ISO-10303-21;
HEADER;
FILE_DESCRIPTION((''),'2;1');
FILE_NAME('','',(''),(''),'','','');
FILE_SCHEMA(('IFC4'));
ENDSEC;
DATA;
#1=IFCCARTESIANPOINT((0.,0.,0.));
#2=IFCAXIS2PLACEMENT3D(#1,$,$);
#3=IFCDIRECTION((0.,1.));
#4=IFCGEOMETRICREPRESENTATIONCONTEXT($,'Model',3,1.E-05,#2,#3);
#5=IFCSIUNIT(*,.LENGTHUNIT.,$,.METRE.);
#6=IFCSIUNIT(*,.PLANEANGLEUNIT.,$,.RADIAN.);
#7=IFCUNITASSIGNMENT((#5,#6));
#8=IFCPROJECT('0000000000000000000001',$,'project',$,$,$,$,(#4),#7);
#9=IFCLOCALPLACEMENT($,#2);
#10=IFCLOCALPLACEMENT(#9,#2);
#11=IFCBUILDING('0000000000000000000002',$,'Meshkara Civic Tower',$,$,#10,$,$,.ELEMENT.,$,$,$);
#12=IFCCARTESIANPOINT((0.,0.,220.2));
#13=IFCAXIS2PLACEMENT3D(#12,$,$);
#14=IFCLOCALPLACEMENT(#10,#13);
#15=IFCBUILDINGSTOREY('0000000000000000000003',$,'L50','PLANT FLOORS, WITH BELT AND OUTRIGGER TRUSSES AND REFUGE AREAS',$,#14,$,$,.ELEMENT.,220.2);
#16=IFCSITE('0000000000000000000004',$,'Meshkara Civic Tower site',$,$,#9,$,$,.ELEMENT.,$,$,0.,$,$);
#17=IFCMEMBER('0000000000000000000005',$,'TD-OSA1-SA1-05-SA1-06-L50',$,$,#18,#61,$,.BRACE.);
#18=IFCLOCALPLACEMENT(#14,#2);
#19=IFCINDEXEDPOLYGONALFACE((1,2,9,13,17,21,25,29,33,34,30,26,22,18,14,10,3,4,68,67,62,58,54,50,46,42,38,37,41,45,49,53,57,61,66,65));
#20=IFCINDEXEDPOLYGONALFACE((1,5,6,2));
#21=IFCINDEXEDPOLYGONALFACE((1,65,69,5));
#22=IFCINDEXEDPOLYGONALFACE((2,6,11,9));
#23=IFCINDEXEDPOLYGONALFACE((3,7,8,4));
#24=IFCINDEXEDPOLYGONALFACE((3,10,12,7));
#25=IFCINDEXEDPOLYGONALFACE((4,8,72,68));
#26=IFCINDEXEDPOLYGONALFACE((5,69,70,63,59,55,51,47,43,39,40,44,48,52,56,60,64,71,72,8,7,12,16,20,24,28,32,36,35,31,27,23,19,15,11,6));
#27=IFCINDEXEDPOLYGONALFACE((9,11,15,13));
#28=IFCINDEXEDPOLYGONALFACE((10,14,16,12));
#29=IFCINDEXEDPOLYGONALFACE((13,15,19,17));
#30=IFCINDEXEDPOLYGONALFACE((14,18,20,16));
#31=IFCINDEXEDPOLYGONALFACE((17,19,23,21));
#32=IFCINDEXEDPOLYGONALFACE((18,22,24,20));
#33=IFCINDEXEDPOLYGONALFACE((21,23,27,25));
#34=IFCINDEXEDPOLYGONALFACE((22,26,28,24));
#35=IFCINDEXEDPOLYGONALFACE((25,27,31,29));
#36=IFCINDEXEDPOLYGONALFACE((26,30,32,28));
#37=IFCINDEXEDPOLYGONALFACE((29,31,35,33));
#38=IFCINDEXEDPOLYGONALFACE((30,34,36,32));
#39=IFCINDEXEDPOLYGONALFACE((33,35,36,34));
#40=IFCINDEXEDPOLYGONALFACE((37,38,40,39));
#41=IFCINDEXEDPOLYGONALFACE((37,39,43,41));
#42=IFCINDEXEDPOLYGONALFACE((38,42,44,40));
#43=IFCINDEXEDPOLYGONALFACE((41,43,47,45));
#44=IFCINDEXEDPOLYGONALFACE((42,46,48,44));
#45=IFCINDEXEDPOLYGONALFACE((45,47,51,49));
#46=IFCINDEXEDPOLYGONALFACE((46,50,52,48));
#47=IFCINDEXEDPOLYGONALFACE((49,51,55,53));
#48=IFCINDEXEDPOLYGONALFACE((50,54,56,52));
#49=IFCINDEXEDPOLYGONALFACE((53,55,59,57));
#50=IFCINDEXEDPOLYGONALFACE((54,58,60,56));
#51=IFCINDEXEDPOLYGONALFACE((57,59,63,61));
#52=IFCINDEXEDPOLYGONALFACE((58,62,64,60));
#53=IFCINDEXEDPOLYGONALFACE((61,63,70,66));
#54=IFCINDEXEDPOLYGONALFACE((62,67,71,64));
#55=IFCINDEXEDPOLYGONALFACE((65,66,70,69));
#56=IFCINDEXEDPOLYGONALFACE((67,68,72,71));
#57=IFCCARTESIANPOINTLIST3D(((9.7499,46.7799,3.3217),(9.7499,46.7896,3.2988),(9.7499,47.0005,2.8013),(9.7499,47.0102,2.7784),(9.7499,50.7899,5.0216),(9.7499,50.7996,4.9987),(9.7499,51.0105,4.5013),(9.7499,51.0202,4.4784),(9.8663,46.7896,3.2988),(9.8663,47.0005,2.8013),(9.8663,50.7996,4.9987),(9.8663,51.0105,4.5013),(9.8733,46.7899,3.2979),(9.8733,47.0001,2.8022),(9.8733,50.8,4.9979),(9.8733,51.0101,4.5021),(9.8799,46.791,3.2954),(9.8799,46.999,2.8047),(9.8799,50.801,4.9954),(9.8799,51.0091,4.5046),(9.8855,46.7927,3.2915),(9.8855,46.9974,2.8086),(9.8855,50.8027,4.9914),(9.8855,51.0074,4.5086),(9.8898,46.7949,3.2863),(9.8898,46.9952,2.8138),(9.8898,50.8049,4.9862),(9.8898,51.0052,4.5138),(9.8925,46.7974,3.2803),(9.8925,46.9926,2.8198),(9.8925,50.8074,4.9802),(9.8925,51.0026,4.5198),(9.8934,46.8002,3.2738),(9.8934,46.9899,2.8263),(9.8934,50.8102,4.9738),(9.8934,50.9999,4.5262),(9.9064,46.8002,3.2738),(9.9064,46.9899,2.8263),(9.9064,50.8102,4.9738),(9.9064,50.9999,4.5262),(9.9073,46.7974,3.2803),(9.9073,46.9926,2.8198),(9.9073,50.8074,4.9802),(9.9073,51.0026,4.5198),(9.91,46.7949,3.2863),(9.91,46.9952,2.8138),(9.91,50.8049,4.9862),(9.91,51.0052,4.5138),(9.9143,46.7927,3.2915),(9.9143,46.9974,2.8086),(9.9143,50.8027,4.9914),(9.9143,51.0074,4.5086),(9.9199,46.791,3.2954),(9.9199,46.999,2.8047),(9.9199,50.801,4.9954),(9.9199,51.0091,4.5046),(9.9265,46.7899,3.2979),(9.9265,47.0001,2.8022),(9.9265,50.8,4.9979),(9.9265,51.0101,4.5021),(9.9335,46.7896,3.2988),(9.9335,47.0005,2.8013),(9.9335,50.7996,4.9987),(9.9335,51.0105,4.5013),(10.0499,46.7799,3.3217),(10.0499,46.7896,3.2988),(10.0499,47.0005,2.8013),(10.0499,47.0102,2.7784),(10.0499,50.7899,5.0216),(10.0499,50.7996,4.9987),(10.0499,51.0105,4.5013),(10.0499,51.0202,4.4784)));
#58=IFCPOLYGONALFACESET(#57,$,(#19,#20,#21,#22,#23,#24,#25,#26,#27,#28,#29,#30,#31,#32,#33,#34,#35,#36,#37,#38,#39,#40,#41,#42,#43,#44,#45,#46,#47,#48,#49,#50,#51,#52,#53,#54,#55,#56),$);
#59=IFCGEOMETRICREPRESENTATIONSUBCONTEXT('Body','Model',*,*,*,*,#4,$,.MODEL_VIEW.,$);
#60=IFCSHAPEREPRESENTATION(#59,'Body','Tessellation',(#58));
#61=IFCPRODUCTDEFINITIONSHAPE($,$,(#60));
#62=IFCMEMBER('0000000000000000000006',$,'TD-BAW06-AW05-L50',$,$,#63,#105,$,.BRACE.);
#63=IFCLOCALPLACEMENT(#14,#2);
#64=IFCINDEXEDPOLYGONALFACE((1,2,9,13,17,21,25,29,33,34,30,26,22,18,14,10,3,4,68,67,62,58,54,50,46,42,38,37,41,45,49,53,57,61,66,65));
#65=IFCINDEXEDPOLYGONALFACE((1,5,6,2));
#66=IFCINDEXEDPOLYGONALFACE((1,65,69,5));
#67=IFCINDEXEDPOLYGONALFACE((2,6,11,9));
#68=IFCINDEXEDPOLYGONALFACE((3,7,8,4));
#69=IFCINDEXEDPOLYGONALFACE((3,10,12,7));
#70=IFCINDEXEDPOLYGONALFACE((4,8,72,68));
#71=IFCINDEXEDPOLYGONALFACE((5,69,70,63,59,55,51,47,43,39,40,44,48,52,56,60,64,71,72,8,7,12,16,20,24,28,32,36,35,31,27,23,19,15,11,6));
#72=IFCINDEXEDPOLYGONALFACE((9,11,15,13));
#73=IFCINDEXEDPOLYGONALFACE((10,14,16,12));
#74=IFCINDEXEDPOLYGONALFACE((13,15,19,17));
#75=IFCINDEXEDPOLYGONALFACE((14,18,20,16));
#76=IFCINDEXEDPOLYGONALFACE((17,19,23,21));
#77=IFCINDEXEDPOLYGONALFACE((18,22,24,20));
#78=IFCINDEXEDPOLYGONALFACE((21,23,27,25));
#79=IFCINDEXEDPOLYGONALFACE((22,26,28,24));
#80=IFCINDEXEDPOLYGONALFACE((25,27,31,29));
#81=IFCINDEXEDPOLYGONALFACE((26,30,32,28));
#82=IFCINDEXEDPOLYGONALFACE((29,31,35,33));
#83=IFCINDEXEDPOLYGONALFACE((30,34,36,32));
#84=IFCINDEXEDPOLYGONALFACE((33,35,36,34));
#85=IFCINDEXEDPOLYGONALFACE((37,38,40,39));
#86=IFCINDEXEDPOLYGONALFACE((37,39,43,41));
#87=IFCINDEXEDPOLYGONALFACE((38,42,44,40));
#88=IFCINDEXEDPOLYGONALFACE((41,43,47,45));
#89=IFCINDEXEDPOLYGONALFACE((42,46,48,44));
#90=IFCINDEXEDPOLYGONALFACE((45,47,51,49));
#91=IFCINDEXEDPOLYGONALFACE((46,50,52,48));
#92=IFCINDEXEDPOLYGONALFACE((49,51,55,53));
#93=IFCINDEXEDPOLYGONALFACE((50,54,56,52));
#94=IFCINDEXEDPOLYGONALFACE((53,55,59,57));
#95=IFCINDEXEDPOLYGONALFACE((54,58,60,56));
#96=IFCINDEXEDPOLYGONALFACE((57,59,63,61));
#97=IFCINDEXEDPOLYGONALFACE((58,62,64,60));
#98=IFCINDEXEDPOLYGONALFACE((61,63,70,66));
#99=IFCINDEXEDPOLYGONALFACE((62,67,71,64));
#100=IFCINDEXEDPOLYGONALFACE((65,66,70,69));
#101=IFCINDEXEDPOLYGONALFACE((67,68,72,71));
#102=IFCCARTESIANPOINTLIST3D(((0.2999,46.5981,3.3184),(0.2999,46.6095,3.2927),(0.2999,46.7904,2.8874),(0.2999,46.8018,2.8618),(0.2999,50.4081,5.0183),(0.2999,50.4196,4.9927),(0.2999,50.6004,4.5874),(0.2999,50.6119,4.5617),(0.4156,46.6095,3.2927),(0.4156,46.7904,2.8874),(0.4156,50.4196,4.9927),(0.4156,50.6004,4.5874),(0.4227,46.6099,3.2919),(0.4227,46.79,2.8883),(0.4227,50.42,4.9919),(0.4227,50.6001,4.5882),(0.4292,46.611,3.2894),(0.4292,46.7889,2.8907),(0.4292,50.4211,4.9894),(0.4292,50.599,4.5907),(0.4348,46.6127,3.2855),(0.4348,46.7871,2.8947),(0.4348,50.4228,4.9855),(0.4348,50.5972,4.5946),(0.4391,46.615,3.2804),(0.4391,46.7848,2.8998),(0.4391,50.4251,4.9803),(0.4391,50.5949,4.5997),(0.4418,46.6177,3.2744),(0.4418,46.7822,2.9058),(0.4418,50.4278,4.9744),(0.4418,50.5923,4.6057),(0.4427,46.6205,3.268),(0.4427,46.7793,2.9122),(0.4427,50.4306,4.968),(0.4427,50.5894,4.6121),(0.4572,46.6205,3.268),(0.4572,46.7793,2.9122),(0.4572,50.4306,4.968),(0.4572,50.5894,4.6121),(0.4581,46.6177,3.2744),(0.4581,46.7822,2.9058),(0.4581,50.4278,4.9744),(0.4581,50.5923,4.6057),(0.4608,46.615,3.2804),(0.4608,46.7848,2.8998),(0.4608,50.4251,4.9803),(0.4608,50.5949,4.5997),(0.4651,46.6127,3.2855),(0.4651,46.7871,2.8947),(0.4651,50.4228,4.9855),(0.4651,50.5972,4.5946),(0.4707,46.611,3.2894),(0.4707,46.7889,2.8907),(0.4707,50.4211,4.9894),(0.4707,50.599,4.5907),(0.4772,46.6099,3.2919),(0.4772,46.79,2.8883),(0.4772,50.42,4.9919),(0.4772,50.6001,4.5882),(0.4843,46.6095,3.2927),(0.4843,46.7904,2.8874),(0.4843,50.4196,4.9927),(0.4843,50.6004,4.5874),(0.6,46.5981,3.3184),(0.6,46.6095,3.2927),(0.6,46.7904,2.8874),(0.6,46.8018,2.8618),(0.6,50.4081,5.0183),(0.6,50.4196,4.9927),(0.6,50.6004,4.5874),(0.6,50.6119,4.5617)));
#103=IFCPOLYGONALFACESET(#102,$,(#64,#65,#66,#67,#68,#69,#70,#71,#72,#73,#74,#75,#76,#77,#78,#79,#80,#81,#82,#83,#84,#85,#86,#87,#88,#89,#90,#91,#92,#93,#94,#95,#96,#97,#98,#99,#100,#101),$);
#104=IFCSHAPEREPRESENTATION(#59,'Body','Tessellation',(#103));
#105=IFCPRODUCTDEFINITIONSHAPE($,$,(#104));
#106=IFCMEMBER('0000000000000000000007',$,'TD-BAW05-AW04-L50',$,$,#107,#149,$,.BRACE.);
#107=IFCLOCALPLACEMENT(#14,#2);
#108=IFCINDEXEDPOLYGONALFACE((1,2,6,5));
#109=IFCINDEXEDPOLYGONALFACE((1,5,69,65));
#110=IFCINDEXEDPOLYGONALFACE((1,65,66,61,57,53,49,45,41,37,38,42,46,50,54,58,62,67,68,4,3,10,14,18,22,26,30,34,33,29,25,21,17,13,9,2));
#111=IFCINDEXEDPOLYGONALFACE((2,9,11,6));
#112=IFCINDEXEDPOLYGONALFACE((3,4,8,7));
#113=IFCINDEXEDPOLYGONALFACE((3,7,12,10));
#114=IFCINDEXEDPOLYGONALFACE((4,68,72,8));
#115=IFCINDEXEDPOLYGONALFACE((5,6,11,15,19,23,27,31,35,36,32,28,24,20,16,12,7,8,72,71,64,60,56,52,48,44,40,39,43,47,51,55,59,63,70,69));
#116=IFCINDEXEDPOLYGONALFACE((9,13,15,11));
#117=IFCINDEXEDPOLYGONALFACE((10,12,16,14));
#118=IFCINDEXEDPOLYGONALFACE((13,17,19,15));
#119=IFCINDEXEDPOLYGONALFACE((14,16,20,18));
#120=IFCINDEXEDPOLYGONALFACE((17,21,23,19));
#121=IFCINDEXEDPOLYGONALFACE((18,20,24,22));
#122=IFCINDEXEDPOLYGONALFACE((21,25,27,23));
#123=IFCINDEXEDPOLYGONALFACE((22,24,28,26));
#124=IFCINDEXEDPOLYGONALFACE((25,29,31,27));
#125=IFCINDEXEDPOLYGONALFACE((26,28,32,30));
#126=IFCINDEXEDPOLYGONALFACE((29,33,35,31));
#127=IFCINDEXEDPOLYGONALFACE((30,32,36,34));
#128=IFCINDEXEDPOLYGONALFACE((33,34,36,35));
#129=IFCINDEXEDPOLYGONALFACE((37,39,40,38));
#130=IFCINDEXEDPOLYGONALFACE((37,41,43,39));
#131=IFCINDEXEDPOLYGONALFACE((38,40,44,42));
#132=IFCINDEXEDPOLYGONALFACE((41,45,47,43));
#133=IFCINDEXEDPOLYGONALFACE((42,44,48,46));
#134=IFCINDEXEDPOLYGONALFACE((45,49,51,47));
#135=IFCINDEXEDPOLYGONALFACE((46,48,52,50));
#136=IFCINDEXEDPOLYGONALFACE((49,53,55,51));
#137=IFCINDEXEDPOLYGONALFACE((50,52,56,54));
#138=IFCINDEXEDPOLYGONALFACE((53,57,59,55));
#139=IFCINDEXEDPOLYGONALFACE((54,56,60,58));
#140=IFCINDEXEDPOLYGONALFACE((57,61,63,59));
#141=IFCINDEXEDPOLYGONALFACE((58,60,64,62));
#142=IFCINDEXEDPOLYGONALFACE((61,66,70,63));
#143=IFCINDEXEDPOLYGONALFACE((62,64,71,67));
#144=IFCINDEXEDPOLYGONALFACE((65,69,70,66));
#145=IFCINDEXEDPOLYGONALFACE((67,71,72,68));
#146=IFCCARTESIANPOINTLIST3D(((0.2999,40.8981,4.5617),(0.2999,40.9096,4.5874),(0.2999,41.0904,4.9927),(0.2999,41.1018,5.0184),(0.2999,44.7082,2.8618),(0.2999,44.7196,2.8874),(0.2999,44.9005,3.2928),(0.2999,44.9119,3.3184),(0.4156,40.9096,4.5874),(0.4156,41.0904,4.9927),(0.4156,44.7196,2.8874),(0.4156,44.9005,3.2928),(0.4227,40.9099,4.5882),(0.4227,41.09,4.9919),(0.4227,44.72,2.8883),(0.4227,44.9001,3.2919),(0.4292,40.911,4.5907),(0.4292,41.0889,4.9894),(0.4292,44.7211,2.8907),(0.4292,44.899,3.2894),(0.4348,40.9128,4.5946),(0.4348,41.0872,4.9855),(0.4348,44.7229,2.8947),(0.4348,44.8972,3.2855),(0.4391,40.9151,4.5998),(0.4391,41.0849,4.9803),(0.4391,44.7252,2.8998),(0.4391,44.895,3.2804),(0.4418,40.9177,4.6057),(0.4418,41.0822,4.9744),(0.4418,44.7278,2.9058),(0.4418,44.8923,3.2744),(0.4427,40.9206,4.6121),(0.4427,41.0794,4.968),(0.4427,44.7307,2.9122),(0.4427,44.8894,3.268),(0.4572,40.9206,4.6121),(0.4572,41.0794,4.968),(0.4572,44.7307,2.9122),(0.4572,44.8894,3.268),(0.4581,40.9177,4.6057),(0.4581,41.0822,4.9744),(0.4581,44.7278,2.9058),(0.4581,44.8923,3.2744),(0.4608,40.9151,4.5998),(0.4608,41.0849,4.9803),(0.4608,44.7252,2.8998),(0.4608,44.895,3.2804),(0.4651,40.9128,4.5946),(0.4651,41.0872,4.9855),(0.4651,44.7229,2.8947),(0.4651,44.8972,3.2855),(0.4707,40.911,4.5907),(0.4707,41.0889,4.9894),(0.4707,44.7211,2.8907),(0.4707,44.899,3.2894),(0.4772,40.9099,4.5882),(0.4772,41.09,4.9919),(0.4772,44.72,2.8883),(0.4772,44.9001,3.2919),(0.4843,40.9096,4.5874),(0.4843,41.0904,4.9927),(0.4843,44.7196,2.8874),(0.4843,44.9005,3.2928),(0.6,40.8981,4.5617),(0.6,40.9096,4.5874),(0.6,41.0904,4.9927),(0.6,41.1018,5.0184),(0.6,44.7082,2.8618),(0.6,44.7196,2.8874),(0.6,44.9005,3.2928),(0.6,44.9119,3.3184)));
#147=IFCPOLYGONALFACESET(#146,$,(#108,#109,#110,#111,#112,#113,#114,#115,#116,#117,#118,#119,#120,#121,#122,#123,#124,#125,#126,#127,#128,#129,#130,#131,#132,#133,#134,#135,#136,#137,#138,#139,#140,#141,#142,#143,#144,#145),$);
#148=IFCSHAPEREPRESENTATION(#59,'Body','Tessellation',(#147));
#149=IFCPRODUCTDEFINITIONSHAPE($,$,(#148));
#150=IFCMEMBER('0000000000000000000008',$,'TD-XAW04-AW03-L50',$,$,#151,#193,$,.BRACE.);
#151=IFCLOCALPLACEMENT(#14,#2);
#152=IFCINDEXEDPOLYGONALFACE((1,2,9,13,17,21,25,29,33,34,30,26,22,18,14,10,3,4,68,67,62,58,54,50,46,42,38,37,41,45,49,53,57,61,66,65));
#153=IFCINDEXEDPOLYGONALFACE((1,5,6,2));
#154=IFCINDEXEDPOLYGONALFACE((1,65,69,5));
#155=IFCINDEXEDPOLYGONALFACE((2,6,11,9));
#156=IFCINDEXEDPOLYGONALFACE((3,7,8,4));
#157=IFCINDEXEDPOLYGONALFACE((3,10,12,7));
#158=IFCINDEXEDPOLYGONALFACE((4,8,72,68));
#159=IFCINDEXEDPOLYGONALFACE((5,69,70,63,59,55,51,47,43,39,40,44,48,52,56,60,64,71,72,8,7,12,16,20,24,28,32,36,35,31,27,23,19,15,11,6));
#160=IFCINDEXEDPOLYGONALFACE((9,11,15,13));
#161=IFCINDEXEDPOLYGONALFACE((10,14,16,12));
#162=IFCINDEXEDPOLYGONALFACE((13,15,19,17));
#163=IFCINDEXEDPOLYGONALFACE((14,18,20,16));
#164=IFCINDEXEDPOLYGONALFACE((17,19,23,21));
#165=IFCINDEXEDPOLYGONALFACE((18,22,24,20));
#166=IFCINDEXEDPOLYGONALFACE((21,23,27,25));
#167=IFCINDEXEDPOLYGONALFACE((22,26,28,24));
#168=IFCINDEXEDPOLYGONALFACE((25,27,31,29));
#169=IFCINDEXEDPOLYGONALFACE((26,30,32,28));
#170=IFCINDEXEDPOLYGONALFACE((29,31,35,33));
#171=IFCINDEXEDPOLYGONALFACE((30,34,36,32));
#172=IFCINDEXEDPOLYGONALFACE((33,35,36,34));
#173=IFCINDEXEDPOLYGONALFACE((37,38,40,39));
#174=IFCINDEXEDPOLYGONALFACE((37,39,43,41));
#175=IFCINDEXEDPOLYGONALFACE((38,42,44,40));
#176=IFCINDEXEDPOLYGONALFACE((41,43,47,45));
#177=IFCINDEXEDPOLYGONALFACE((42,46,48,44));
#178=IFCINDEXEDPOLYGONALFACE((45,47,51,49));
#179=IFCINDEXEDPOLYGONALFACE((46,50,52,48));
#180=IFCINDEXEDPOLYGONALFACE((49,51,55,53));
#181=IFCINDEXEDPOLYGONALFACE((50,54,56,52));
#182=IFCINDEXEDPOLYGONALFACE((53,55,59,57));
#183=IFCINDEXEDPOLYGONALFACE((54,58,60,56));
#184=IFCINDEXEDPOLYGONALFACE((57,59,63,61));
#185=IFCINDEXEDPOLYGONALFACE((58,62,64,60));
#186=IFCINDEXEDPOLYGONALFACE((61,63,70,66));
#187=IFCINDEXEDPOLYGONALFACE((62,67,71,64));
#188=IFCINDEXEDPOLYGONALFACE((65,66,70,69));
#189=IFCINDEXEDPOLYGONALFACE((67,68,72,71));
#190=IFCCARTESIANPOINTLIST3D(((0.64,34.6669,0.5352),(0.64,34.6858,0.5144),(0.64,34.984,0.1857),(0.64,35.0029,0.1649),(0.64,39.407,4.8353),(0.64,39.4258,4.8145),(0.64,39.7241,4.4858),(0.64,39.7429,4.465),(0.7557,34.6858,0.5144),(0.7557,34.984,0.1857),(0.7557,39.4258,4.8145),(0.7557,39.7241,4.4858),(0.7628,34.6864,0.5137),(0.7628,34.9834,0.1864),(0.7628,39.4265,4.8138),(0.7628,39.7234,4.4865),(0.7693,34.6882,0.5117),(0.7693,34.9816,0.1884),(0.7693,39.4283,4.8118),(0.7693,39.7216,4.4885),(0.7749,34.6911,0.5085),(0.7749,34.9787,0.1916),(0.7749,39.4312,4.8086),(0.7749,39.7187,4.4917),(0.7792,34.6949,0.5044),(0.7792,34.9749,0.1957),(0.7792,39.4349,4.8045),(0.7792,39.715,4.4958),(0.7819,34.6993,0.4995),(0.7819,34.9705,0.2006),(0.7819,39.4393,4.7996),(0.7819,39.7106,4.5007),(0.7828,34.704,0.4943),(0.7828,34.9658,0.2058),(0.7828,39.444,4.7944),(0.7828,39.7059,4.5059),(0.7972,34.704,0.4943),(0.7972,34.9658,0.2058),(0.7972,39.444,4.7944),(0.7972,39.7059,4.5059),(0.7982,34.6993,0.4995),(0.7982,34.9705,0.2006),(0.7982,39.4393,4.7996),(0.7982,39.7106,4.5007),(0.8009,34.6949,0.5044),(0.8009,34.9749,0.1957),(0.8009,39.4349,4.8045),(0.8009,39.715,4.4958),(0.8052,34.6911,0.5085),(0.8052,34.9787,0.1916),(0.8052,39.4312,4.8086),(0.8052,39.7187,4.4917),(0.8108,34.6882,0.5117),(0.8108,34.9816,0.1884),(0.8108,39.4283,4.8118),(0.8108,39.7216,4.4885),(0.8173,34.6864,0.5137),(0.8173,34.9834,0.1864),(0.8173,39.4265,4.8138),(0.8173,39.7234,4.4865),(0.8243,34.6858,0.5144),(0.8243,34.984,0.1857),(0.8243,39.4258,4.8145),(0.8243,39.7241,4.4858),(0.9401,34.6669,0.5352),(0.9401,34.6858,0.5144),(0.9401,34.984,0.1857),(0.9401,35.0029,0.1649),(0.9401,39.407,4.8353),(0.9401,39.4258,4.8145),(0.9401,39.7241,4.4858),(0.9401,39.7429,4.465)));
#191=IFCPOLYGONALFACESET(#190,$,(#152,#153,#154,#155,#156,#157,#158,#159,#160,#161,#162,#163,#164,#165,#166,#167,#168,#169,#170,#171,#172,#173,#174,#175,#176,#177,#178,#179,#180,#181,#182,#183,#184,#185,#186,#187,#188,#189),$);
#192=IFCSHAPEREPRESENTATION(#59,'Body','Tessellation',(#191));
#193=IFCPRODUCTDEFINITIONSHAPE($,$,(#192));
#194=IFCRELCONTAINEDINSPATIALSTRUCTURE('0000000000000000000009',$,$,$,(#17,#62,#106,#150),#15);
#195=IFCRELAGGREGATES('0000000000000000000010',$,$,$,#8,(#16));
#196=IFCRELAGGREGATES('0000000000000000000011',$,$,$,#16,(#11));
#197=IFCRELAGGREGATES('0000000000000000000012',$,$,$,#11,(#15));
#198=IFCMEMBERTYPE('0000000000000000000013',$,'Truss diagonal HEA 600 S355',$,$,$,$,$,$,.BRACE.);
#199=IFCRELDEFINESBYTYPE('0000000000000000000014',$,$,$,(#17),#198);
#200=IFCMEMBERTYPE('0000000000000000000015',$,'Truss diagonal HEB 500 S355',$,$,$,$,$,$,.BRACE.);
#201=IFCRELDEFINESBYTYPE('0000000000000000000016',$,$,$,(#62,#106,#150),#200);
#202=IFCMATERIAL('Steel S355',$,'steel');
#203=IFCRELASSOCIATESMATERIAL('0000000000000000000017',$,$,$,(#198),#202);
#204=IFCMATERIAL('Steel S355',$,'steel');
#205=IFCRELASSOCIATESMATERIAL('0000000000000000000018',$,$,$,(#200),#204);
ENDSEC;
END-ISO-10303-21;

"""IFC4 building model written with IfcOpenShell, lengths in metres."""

from ifc_helpers import new_model, si_unit, direction, frame, origin, origin_2d, place, context, subcontext, project, spatial, i_section, extrude, material, material_profile, profile_set, type_object, element, save


model = new_model("IFC4")

# Units and contexts
model_context = context("Model", 3, precision=1e-05, world=origin(), true_north=direction((0.0, 1.0)))
body_context = subcontext(model_context, "Body", "Model", "MODEL_VIEW")
ifc_project = project(units=[si_unit("LENGTHUNIT", "METRE"), si_unit("PLANEANGLEUNIT", "RADIAN")], contexts=[model_context])

# Site, building, storey
site_placement = place(None, origin())
site = spatial("IfcSite", under=ifc_project, at=site_placement, Name="Meshkara Civic Tower site", CompositionType="ELEMENT", RefElevation=0.0)
building_placement = place(site_placement, origin())
building = spatial("IfcBuilding", under=site, at=building_placement, Name="Meshkara Civic Tower", CompositionType="ELEMENT")
storey_placement = place(building_placement, frame((0.0, 0.0, 220.2)))
storey = spatial("IfcBuildingStorey", under=building, at=storey_placement, Name="L50", Description="PLANT FLOORS, WITH BELT AND OUTRIGGER TRUSSES AND REFUGE AREAS", CompositionType="ELEMENT", Elevation=220.2)

# Members
ifc_material_1 = material(Name="Steel S355", Category="steel")
ifc_material_profile_1 = material_profile(ifc_material_1, i_section(OverallWidth=0.3, OverallDepth=0.5901, WebThickness=0.0129, FlangeThickness=0.0249, FilletRadius=0.0271, at=origin_2d()))
ifc_profile_set_1 = profile_set([ifc_material_profile_1], Name="Steel S355")
member_type_1 = type_object("IfcMemberType", Name="Truss diagonal HEA 600 S355", PredefinedType="BRACE", material=ifc_profile_set_1)
for number, where, z_axis, x_axis, name in (
    (1, (9.8999, 46.895, 3.05), (0.0, 0.920686, 0.390304), (-1.0, 0.0, 0.0), "TD-OSA1-SA1-05-SA1-06-L50"),
):
    element("IfcMember", number, at=place(storey_placement, frame(where, z_axis=z_axis, x_axis=x_axis)), inside=storey, type_object=member_type_1, Name=name, PredefinedType="BRACE", context=body_context, shape_type="SweptSolid", body=[
        extrude(i_section(OverallWidth=0.3, OverallDepth=0.5901, WebThickness=0.0129, FlangeThickness=0.0249, FilletRadius=0.0271, at=origin_2d()), origin(), (0.0, 0.0, 1.0), 4.3555),
    ])
ifc_material_2 = material(Name="Steel S355", Category="steel")
ifc_material_profile_2 = material_profile(ifc_material_2, i_section(OverallWidth=0.3, OverallDepth=0.5, WebThickness=0.0144, FlangeThickness=0.0281, FilletRadius=0.0271, at=origin_2d()))
ifc_profile_set_2 = profile_set([ifc_material_profile_2], Name="Steel S355")
member_type_2 = type_object("IfcMemberType", Name="Truss diagonal HEB 500 S355", PredefinedType="BRACE", material=ifc_profile_set_2)
for number, where, z_axis, x_axis, name in (
    (2, (0.45, 50.51, 4.79), (0.0, -0.913224, -0.407457), (1.0, 0.0, 0.0), "TD-BAW06-AW05-L50"),
    (3, (0.45, 44.8101, 3.0901), (0.0, -0.913224, 0.407457), (1.0, 0.0, 0.0), "TD-BAW05-AW04-L50"),
):
    element("IfcMember", number, at=place(storey_placement, frame(where, z_axis=z_axis, x_axis=x_axis)), inside=storey, type_object=member_type_2, Name=name, PredefinedType="BRACE", context=body_context, shape_type="SweptSolid", body=[
        extrude(i_section(OverallWidth=0.3, OverallDepth=0.5, WebThickness=0.0144, FlangeThickness=0.0281, FilletRadius=0.0271, at=origin_2d()), origin(), (0.0, 0.0, 1.0), 4.1721),
    ])
member_placement = place(storey_placement, frame((0.79, 39.575, 4.6501), z_axis=(0.0, -0.740642, -0.6719), x_axis=(1.0, 0.0, 0.0)))
element("IfcMember", 4, at=member_placement, inside=storey, type_object=member_type_2, Name="TD-XAW04-AW03-L50", PredefinedType="BRACE", context=body_context, shape_type="SweptSolid", body=[
    extrude(i_section(OverallWidth=0.3, OverallDepth=0.5, WebThickness=0.0144, FlangeThickness=0.0281, FilletRadius=0.0271, at=origin_2d()), origin(), (0.0, 0.0, 1.0), 6.3999),
])

save(model, "model.ifc")
